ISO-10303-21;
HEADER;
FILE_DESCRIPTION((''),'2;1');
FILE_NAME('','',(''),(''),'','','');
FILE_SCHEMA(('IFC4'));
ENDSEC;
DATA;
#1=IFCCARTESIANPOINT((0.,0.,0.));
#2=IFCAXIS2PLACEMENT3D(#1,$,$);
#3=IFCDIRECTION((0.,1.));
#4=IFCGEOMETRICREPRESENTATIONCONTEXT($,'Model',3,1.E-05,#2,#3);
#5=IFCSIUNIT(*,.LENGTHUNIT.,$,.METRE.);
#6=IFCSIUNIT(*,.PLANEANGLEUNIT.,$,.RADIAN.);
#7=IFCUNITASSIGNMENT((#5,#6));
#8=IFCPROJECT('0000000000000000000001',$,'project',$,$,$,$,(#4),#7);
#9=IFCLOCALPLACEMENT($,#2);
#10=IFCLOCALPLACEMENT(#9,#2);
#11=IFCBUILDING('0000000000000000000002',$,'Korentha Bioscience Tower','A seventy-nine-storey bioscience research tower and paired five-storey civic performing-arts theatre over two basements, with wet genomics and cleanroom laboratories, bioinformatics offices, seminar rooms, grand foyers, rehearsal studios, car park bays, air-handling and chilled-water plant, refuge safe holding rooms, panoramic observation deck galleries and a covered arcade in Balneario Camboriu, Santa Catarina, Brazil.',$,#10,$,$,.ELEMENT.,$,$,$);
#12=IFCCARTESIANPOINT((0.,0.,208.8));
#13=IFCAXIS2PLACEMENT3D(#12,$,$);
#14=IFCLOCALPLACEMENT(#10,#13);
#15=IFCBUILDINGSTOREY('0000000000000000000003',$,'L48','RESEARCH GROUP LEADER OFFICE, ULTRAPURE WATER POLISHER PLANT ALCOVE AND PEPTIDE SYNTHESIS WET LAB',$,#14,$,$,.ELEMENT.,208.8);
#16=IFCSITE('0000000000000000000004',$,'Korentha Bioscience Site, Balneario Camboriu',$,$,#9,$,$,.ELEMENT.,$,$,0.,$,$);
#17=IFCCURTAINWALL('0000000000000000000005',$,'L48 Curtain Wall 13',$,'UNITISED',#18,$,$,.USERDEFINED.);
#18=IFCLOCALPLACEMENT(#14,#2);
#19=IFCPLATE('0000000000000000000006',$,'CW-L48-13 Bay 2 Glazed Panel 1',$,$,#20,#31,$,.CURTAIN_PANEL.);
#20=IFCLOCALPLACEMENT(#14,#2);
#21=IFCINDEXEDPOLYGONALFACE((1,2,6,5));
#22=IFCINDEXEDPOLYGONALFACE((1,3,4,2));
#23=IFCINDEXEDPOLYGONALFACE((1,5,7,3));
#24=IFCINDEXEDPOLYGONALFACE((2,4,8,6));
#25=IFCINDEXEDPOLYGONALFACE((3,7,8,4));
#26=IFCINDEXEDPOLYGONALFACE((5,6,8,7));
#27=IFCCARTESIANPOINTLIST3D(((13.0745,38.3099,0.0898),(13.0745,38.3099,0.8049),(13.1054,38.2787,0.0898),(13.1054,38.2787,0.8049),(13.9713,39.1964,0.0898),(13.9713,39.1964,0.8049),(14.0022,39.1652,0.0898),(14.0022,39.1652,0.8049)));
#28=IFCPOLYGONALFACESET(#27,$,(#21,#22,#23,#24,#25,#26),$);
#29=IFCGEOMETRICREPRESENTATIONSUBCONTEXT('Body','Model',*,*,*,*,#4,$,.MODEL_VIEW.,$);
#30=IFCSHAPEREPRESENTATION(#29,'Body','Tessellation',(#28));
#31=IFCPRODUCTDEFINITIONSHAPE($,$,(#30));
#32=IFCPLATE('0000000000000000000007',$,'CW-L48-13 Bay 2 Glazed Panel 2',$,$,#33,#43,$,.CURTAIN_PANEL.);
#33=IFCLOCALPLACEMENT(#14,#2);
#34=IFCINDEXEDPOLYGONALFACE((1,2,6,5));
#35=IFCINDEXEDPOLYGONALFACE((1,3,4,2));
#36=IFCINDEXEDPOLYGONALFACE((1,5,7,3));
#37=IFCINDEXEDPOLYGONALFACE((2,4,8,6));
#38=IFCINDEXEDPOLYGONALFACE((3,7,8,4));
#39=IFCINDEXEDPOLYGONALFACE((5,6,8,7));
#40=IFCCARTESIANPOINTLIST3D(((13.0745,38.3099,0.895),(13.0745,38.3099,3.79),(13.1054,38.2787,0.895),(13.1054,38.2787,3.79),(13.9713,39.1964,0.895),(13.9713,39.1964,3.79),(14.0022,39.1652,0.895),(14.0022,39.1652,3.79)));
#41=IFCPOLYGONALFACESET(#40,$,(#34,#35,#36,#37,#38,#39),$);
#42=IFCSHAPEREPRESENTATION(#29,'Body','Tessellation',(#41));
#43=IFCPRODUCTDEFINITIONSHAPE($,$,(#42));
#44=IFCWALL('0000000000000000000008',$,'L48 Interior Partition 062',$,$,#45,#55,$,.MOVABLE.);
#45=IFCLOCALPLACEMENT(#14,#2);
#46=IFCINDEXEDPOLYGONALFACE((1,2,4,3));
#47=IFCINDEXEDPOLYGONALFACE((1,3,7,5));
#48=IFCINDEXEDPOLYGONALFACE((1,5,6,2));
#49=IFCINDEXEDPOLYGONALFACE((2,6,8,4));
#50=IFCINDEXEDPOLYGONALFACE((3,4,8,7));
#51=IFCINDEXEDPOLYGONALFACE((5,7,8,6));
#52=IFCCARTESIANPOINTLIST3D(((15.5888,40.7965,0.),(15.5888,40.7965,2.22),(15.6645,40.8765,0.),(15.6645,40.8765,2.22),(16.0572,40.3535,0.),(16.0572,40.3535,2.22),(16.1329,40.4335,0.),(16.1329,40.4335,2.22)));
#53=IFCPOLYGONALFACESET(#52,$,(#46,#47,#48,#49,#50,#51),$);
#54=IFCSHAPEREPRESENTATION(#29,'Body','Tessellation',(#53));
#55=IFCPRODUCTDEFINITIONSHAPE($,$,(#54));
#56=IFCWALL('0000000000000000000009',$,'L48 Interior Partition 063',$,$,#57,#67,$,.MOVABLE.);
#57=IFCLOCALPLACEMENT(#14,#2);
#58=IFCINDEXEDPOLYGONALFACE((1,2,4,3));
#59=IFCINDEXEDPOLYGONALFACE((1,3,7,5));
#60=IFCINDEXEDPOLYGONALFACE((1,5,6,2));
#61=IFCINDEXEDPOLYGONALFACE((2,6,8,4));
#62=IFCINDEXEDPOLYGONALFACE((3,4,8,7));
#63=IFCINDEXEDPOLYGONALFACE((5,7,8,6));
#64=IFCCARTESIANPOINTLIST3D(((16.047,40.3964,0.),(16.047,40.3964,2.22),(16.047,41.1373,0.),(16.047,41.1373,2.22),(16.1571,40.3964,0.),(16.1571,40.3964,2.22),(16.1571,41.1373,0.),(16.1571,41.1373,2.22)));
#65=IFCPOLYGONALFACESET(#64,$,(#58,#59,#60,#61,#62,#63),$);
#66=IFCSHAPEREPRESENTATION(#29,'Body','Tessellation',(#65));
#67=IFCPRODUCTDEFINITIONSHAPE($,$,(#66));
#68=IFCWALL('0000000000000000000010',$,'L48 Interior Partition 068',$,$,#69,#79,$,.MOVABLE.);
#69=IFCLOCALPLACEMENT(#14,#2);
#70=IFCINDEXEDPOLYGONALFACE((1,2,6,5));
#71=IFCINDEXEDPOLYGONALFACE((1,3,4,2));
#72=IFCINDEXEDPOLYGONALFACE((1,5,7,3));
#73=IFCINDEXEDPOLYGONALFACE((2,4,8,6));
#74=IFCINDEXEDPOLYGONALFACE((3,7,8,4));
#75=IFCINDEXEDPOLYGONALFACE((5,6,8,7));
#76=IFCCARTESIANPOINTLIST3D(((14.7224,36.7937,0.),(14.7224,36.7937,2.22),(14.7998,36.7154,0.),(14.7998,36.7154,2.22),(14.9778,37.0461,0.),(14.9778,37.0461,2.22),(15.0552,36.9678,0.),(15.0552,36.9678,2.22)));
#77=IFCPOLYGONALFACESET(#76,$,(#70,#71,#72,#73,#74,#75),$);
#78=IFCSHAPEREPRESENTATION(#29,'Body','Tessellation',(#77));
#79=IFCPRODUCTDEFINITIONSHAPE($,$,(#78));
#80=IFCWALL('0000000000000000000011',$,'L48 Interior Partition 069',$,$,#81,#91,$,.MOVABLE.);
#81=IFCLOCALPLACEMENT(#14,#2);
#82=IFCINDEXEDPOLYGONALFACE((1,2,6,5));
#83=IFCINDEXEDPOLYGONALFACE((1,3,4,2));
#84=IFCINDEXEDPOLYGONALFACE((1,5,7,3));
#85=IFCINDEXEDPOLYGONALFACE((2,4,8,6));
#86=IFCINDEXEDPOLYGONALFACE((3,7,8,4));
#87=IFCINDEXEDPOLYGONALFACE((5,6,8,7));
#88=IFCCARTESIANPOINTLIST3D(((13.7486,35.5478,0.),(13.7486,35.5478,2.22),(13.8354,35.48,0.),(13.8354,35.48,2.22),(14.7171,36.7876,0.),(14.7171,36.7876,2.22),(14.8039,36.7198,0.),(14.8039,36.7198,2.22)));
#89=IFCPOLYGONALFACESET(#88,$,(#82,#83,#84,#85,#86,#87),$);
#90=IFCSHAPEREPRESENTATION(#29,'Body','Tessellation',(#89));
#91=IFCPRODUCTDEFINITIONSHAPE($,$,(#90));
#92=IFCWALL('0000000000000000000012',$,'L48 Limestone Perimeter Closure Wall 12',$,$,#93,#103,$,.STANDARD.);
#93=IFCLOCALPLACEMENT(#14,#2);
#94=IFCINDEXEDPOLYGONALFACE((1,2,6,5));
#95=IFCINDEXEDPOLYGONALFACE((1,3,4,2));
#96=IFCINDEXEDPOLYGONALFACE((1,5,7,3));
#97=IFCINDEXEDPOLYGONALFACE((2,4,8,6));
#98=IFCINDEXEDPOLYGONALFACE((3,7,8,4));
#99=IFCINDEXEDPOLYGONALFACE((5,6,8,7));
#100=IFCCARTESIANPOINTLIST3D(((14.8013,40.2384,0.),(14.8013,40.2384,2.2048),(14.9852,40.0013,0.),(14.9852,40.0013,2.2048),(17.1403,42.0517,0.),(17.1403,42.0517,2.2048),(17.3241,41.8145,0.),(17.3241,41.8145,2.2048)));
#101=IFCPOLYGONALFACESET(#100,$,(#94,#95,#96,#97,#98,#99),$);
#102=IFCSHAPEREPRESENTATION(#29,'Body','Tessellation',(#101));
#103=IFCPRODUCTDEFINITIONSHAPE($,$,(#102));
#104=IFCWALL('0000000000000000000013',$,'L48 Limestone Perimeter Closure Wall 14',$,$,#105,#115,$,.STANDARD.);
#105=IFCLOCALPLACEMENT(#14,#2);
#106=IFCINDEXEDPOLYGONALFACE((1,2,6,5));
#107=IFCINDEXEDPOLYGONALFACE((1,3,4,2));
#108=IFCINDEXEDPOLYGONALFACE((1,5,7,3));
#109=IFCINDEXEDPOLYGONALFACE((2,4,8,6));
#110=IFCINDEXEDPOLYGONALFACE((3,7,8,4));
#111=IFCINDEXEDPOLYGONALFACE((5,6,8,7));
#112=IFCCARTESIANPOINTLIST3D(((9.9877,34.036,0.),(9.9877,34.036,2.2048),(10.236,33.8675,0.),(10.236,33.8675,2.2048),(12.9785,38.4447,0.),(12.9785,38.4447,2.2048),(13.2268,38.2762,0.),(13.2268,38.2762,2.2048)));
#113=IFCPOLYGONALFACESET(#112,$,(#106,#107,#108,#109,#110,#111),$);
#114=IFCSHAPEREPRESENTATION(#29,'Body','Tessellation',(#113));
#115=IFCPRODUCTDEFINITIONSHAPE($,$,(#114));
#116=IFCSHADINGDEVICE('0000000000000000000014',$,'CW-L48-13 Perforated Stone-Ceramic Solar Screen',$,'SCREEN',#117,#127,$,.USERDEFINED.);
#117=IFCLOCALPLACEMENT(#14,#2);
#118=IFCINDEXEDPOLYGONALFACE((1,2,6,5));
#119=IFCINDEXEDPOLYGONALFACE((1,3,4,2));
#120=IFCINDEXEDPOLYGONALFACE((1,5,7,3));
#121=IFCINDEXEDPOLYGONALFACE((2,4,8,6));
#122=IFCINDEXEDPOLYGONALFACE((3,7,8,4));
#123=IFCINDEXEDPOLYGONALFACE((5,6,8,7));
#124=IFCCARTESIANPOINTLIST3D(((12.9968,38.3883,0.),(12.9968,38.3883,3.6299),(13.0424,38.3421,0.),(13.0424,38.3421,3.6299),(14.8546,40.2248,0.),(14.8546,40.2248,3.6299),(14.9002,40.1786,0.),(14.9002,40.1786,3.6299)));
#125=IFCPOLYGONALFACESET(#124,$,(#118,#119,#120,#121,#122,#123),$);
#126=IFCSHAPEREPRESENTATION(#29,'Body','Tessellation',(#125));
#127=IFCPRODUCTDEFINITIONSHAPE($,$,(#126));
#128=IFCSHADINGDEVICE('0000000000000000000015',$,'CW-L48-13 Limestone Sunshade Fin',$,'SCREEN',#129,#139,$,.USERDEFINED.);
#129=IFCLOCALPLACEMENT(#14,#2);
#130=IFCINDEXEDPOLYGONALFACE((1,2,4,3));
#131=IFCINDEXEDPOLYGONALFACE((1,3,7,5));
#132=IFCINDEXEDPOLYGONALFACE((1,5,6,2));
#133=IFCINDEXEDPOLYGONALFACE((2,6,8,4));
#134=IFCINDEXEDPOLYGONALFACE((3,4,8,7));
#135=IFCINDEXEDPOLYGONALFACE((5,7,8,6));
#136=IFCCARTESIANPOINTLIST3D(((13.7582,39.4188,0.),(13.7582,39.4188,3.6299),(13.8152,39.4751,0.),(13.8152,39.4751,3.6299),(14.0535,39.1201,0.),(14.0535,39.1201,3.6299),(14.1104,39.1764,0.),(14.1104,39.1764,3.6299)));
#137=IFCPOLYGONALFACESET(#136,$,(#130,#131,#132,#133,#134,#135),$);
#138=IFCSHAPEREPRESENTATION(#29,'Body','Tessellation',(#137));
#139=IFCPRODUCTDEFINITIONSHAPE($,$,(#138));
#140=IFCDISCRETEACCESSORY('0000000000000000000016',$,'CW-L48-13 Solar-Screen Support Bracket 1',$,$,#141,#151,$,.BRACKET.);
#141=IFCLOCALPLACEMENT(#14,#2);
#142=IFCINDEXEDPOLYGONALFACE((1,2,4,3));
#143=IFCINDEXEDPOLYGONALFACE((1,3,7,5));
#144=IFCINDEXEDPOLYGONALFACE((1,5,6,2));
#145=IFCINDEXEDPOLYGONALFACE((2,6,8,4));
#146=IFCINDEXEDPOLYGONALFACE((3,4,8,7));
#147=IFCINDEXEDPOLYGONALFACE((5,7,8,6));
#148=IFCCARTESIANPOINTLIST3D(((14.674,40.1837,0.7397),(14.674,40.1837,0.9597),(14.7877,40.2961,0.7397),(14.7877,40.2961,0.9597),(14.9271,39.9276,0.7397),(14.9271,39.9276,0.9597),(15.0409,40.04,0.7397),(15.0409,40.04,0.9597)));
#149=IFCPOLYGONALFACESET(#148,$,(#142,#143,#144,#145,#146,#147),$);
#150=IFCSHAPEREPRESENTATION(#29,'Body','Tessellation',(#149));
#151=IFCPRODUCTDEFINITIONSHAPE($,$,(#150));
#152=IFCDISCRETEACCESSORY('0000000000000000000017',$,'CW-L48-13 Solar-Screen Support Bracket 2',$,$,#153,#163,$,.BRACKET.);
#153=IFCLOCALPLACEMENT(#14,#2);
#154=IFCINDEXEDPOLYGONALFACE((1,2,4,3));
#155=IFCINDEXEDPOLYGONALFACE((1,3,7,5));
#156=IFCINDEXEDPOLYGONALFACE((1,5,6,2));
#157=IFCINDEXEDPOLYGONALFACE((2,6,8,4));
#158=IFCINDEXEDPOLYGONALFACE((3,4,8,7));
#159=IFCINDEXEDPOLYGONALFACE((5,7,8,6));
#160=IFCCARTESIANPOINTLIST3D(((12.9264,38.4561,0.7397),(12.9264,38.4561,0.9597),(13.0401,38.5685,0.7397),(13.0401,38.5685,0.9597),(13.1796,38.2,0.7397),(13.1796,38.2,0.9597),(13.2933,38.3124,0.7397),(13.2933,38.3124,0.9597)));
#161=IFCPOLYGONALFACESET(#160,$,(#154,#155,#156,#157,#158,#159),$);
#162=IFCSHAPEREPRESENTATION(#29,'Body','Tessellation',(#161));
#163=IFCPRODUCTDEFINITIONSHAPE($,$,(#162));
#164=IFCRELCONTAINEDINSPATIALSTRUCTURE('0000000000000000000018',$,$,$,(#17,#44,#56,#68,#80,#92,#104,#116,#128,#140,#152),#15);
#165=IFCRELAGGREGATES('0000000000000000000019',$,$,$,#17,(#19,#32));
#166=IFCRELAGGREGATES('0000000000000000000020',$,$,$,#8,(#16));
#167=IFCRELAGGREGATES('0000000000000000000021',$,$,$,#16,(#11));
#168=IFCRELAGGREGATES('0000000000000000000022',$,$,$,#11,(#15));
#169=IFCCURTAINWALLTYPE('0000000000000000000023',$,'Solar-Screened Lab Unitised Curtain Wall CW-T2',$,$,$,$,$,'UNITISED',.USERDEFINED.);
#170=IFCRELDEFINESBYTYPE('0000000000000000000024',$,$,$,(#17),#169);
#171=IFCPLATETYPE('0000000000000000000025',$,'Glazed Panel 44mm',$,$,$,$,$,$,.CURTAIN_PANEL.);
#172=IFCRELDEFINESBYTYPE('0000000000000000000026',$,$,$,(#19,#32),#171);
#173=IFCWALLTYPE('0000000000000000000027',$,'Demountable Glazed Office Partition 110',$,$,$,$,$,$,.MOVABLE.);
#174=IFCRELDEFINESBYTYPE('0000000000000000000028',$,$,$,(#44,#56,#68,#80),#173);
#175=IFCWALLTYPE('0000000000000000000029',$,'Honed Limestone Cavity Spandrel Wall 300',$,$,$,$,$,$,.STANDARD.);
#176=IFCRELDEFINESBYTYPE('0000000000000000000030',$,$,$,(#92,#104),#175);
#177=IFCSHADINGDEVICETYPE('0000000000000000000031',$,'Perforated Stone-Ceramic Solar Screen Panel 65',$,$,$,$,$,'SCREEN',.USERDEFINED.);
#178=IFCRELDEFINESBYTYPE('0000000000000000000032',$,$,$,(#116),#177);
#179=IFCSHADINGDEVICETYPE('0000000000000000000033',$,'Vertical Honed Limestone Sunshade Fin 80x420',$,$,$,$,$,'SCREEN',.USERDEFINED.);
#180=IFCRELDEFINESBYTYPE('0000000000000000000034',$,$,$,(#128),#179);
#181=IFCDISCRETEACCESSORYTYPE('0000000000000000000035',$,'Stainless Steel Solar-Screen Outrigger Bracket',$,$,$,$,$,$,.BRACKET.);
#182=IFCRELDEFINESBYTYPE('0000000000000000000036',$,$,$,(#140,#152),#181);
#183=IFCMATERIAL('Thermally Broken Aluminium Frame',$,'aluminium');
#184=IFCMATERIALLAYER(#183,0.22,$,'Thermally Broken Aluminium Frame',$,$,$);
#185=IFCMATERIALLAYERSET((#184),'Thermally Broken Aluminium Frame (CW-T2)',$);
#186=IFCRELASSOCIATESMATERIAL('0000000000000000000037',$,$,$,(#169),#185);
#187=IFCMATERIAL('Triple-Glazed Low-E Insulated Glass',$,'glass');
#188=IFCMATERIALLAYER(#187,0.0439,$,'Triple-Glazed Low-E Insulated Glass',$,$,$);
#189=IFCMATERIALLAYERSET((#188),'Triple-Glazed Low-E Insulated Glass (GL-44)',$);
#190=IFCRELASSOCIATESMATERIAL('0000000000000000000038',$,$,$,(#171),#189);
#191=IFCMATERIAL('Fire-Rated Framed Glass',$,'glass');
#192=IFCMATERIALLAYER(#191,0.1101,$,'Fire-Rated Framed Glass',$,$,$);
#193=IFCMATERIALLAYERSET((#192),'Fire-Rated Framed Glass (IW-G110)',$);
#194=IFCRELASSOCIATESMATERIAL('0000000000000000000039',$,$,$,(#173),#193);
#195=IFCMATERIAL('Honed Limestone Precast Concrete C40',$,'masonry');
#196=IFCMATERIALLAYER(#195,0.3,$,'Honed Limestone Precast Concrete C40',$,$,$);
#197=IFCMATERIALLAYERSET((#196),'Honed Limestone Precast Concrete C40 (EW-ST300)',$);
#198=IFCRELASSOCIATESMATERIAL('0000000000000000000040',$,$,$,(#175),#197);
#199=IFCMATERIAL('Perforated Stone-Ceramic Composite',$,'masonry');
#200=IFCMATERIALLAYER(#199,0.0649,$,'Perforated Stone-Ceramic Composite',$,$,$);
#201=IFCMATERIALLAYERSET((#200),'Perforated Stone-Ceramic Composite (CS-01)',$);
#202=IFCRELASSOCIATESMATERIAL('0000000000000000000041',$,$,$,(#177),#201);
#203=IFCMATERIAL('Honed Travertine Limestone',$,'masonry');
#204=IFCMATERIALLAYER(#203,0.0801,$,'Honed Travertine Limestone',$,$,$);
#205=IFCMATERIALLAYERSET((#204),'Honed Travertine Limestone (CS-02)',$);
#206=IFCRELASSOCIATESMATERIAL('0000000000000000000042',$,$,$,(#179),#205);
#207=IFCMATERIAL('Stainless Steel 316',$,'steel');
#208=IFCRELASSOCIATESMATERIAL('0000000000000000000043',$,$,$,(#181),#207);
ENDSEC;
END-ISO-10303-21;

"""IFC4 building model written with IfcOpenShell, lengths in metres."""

from ifc_helpers import new_model, si_unit, direction, frame, frame_2d, origin, origin_2d, place, context, subcontext, project, spatial, rectangle, extrude, material, layer, layer_set, type_object, element, aggregate, save


model = new_model("IFC4")

# Units and contexts
model_context = context("Model", 3, precision=1e-05, world=origin(), true_north=direction((0.0, 1.0)))
body_context = subcontext(model_context, "Body", "Model", "MODEL_VIEW")
ifc_project = project(units=[si_unit("LENGTHUNIT", "METRE"), si_unit("PLANEANGLEUNIT", "RADIAN")], contexts=[model_context])

# Site, building, storey
site_placement = place(None, origin())
site = spatial("IfcSite", under=ifc_project, at=site_placement, Name="Korentha Bioscience Site, Balneario Camboriu", CompositionType="ELEMENT", RefElevation=0.0)
building_placement = place(site_placement, origin())
building = spatial("IfcBuilding", under=site, at=building_placement, Name="Korentha Bioscience Tower", Description="A seventy-nine-storey bioscience research tower and paired five-storey civic performing-arts theatre over two basements, with wet genomics and cleanroom laboratories, bioinformatics offices, seminar rooms, grand foyers, rehearsal studios, car park bays, air-handling and chilled-water plant, refuge safe holding rooms, panoramic observation deck galleries and a covered arcade in Balneario Camboriu, Santa Catarina, Brazil.", CompositionType="ELEMENT")
storey_placement = place(building_placement, frame((0.0, 0.0, 208.8)))
storey = spatial("IfcBuildingStorey", under=building, at=storey_placement, Name="L48", Description="RESEARCH GROUP LEADER OFFICE, ULTRAPURE WATER POLISHER PLANT ALCOVE AND PEPTIDE SYNTHESIS WET LAB", CompositionType="ELEMENT", Elevation=208.8)

# Curtain wall, plates
ifc_material_1 = material(Name="Thermally Broken Aluminium Frame", Category="aluminium")
ifc_layer_1 = layer(ifc_material_1, 0.22, Name="Thermally Broken Aluminium Frame")
ifc_layer_set_1 = layer_set([ifc_layer_1], Name="Thermally Broken Aluminium Frame (CW-T2)")
curtain_wall_type = type_object("IfcCurtainWallType", Name="Solar-Screened Lab Unitised Curtain Wall CW-T2", ElementType="UNITISED", PredefinedType="USERDEFINED", material=ifc_layer_set_1)
curtain_wall_placement = place(storey_placement, origin())
curtain_wall = element("IfcCurtainWall", 1, at=curtain_wall_placement, inside=storey, type_object=curtain_wall_type, Name="L48 Curtain Wall 13", ObjectType="UNITISED", PredefinedType="USERDEFINED")
ifc_material_2 = material(Name="Triple-Glazed Low-E Insulated Glass", Category="glass")
ifc_layer_2 = layer(ifc_material_2, 0.0439, Name="Triple-Glazed Low-E Insulated Glass")
ifc_layer_set_2 = layer_set([ifc_layer_2], Name="Triple-Glazed Low-E Insulated Glass (GL-44)")
plate_type = type_object("IfcPlateType", Name="Glazed Panel 44mm", PredefinedType="CURTAIN_PANEL", material=ifc_layer_set_2)
plate_1_placement = place(storey_placement, frame((13.5383, 38.7375, 0.0898), z_axis=(0.0, 0.0, 1.0), x_axis=(-0.711178, -0.703012, 0.0)))
plate_1 = element("IfcPlate", 2, at=plate_1_placement, type_object=plate_type, Name="CW-L48-13 Bay 2 Glazed Panel 1", PredefinedType="CURTAIN_PANEL", context=body_context, shape_type="SweptSolid", body=[
    extrude(rectangle(XDim=1.261, YDim=0.0439, at=origin_2d()), origin(), (0.0, 0.0, 1.0), 0.7151),
])
plate_2_placement = place(storey_placement, frame((13.5383, 38.7375, 0.895), z_axis=(0.0, 0.0, 1.0), x_axis=(-0.711178, -0.703012, 0.0)))
plate_2 = element("IfcPlate", 3, at=plate_2_placement, type_object=plate_type, Name="CW-L48-13 Bay 2 Glazed Panel 2", PredefinedType="CURTAIN_PANEL", context=body_context, shape_type="SweptSolid", body=[
    extrude(rectangle(XDim=1.261, YDim=0.0439, at=origin_2d()), origin(), (0.0, 0.0, 1.0), 2.895),
])
aggregate(curtain_wall, [plate_1, plate_2])

# Walls
ifc_material_3 = material(Name="Fire-Rated Framed Glass", Category="glass")
ifc_layer_3 = layer(ifc_material_3, 0.1101, Name="Fire-Rated Framed Glass")
ifc_layer_set_3 = layer_set([ifc_layer_3], Name="Fire-Rated Framed Glass (IW-G110)")
wall_type_1 = type_object("IfcWallType", Name="Demountable Glazed Office Partition 110", PredefinedType="MOVABLE", material=ifc_layer_set_3)
wall_1_placement = place(storey_placement, frame((15.6267, 40.8364, 0.0), z_axis=(0.0, 0.0, 1.0), x_axis=(0.726519, -0.687146, 0.0)))
element("IfcWall", 4, at=wall_1_placement, inside=storey, type_object=wall_type_1, Name="L48 Interior Partition 062", PredefinedType="MOVABLE", context=body_context, shape_type="SweptSolid", body=[
    extrude(rectangle(XDim=0.6448, YDim=0.1101, at=frame_2d((0.3223, 0.0))), origin(), (0.0, 0.0, 1.0), 2.22),
])
wall_2_placement = place(storey_placement, frame((16.1021, 40.3962, 0.0), z_axis=(0.0, 0.0, 1.0), x_axis=(0.0, 1.0, 0.0)))
element("IfcWall", 5, at=wall_2_placement, inside=storey, type_object=wall_type_1, Name="L48 Interior Partition 063", PredefinedType="MOVABLE", context=body_context, shape_type="SweptSolid", body=[
    extrude(rectangle(XDim=0.741, YDim=0.1101, at=frame_2d((0.3706, 0.0))), origin(), (0.0, 0.0, 1.0), 2.22),
])
wall_3_placement = place(storey_placement, frame((15.0166, 37.0071, 0.0), z_axis=(0.0, 0.0, 1.0), x_axis=(-0.711174, -0.703016, 0.0)))
element("IfcWall", 6, at=wall_3_placement, inside=storey, type_object=wall_type_1, Name="L48 Interior Partition 068", PredefinedType="MOVABLE", context=body_context, shape_type="SweptSolid", body=[
    extrude(rectangle(XDim=0.3591, YDim=0.1101, at=frame_2d((0.1797, 0.0))), origin(), (0.0, 0.0, 1.0), 2.22),
])
wall_4_placement = place(storey_placement, frame((14.7605, 36.7537, 0.0), z_axis=(0.0, 0.0, 1.0), x_axis=(-0.615626, -0.788038, 0.0)))
element("IfcWall", 7, at=wall_4_placement, inside=storey, type_object=wall_type_1, Name="L48 Interior Partition 069", PredefinedType="MOVABLE", context=body_context, shape_type="SweptSolid", body=[
    extrude(rectangle(XDim=1.5732, YDim=0.1101, at=frame_2d((0.7866, 0.0))), origin(), (0.0, 0.0, 1.0), 2.22),
])
ifc_material_4 = material(Name="Honed Limestone Precast Concrete C40", Category="masonry")
ifc_layer_4 = layer(ifc_material_4, 0.3, Name="Honed Limestone Precast Concrete C40")
ifc_layer_set_4 = layer_set([ifc_layer_4], Name="Honed Limestone Precast Concrete C40 (EW-ST300)")
wall_type_2 = type_object("IfcWallType", Name="Honed Limestone Cavity Spandrel Wall 300", PredefinedType="STANDARD", material=ifc_layer_set_4)
wall_5_placement = place(storey_placement, frame((17.2322, 41.9331, 0.0), z_axis=(0.0, 0.0, 1.0), x_axis=(-0.790315, -0.612701, 0.0)))
element("IfcWall", 8, at=wall_5_placement, inside=storey, type_object=wall_type_2, Name="L48 Limestone Perimeter Closure Wall 12", PredefinedType="STANDARD", context=body_context, shape_type="SweptSolid", body=[
    extrude(rectangle(XDim=2.9595, YDim=0.3, at=frame_2d((1.4797, 0.0))), origin(), (0.0, 0.0, 1.0), 2.2048),
])
wall_6_placement = place(storey_placement, frame((13.1025, 38.3604, 0.0), z_axis=(0.0, 0.0, 1.0), x_axis=(-0.561387, -0.827553, 0.0)))
element("IfcWall", 9, at=wall_6_placement, inside=storey, type_object=wall_type_2, Name="L48 Limestone Perimeter Closure Wall 14", PredefinedType="STANDARD", context=body_context, shape_type="SweptSolid", body=[
    extrude(rectangle(XDim=5.3274, YDim=0.3, at=frame_2d((2.6636, 0.0))), origin(), (0.0, 0.0, 1.0), 2.2048),
])

# Shading devices
ifc_material_5 = material(Name="Perforated Stone-Ceramic Composite", Category="masonry")
ifc_layer_5 = layer(ifc_material_5, 0.0649, Name="Perforated Stone-Ceramic Composite")
ifc_layer_set_5 = layer_set([ifc_layer_5], Name="Perforated Stone-Ceramic Composite (CS-01)")
shading_device_type_1 = type_object("IfcShadingDeviceType", Name="Perforated Stone-Ceramic Solar Screen Panel 65", ElementType="SCREEN", PredefinedType="USERDEFINED", material=ifc_layer_set_5)
shading_device_1_placement = place(storey_placement, frame((13.9485, 39.2834, 0.0), z_axis=(0.0, 0.0, 1.0), x_axis=(-0.711178, -0.703012, 0.0)))
element("IfcShadingDevice", 10, at=shading_device_1_placement, inside=storey, type_object=shading_device_type_1, Name="CW-L48-13 Perforated Stone-Ceramic Solar Screen", ObjectType="SCREEN", PredefinedType="USERDEFINED", context=body_context, shape_type="SweptSolid", body=[
    extrude(rectangle(XDim=2.6123, YDim=0.0649, at=origin_2d()), origin(), (0.0, 0.0, 1.0), 3.6299),
])
ifc_material_6 = material(Name="Honed Travertine Limestone", Category="masonry")
ifc_layer_6 = layer(ifc_material_6, 0.0801, Name="Honed Travertine Limestone")
ifc_layer_set_6 = layer_set([ifc_layer_6], Name="Honed Travertine Limestone (CS-02)")
shading_device_type_2 = type_object("IfcShadingDeviceType", Name="Vertical Honed Limestone Sunshade Fin 80x420", ElementType="SCREEN", PredefinedType="USERDEFINED", material=ifc_layer_set_6)
shading_device_2_placement = place(storey_placement, frame((13.9343, 39.2976, 0.0), z_axis=(0.0, 0.0, 1.0), x_axis=(-0.711178, -0.703012, 0.0)))
element("IfcShadingDevice", 11, at=shading_device_2_placement, inside=storey, type_object=shading_device_type_2, Name="CW-L48-13 Limestone Sunshade Fin", ObjectType="SCREEN", PredefinedType="USERDEFINED", context=body_context, shape_type="SweptSolid", body=[
    extrude(rectangle(XDim=0.0801, YDim=0.4199, at=origin_2d()), origin(), (0.0, 0.0, 1.0), 3.6299),
])

# Discrete accessories
ifc_material_7 = material(Name="Stainless Steel 316", Category="steel")
discrete_accessory_type = type_object("IfcDiscreteAccessoryType", Name="Stainless Steel Solar-Screen Outrigger Bracket", PredefinedType="BRACKET", material=ifc_material_7)
for number, where, z_axis, x_axis, name in (
    (12, (14.8574, 40.1118, 0.7397), (0.0, 0.0, 1.0), (-0.711178, -0.703012, 0.0), "CW-L48-13 Solar-Screen Support Bracket 1"),
    (13, (13.1099, 38.3843, 0.7397), (0.0, 0.0, 1.0), (-0.711178, -0.703012, 0.0), "CW-L48-13 Solar-Screen Support Bracket 2"),
):
    element("IfcDiscreteAccessory", number, at=place(storey_placement, frame(where, z_axis=z_axis, x_axis=x_axis)), inside=storey, type_object=discrete_accessory_type, Name=name, PredefinedType="BRACKET", context=body_context, shape_type="SweptSolid", body=[
        extrude(rectangle(XDim=0.1599, YDim=0.3601, at=origin_2d()), origin(), (0.0, 0.0, 1.0), 0.22),
    ])

save(model, "model.ifc")
